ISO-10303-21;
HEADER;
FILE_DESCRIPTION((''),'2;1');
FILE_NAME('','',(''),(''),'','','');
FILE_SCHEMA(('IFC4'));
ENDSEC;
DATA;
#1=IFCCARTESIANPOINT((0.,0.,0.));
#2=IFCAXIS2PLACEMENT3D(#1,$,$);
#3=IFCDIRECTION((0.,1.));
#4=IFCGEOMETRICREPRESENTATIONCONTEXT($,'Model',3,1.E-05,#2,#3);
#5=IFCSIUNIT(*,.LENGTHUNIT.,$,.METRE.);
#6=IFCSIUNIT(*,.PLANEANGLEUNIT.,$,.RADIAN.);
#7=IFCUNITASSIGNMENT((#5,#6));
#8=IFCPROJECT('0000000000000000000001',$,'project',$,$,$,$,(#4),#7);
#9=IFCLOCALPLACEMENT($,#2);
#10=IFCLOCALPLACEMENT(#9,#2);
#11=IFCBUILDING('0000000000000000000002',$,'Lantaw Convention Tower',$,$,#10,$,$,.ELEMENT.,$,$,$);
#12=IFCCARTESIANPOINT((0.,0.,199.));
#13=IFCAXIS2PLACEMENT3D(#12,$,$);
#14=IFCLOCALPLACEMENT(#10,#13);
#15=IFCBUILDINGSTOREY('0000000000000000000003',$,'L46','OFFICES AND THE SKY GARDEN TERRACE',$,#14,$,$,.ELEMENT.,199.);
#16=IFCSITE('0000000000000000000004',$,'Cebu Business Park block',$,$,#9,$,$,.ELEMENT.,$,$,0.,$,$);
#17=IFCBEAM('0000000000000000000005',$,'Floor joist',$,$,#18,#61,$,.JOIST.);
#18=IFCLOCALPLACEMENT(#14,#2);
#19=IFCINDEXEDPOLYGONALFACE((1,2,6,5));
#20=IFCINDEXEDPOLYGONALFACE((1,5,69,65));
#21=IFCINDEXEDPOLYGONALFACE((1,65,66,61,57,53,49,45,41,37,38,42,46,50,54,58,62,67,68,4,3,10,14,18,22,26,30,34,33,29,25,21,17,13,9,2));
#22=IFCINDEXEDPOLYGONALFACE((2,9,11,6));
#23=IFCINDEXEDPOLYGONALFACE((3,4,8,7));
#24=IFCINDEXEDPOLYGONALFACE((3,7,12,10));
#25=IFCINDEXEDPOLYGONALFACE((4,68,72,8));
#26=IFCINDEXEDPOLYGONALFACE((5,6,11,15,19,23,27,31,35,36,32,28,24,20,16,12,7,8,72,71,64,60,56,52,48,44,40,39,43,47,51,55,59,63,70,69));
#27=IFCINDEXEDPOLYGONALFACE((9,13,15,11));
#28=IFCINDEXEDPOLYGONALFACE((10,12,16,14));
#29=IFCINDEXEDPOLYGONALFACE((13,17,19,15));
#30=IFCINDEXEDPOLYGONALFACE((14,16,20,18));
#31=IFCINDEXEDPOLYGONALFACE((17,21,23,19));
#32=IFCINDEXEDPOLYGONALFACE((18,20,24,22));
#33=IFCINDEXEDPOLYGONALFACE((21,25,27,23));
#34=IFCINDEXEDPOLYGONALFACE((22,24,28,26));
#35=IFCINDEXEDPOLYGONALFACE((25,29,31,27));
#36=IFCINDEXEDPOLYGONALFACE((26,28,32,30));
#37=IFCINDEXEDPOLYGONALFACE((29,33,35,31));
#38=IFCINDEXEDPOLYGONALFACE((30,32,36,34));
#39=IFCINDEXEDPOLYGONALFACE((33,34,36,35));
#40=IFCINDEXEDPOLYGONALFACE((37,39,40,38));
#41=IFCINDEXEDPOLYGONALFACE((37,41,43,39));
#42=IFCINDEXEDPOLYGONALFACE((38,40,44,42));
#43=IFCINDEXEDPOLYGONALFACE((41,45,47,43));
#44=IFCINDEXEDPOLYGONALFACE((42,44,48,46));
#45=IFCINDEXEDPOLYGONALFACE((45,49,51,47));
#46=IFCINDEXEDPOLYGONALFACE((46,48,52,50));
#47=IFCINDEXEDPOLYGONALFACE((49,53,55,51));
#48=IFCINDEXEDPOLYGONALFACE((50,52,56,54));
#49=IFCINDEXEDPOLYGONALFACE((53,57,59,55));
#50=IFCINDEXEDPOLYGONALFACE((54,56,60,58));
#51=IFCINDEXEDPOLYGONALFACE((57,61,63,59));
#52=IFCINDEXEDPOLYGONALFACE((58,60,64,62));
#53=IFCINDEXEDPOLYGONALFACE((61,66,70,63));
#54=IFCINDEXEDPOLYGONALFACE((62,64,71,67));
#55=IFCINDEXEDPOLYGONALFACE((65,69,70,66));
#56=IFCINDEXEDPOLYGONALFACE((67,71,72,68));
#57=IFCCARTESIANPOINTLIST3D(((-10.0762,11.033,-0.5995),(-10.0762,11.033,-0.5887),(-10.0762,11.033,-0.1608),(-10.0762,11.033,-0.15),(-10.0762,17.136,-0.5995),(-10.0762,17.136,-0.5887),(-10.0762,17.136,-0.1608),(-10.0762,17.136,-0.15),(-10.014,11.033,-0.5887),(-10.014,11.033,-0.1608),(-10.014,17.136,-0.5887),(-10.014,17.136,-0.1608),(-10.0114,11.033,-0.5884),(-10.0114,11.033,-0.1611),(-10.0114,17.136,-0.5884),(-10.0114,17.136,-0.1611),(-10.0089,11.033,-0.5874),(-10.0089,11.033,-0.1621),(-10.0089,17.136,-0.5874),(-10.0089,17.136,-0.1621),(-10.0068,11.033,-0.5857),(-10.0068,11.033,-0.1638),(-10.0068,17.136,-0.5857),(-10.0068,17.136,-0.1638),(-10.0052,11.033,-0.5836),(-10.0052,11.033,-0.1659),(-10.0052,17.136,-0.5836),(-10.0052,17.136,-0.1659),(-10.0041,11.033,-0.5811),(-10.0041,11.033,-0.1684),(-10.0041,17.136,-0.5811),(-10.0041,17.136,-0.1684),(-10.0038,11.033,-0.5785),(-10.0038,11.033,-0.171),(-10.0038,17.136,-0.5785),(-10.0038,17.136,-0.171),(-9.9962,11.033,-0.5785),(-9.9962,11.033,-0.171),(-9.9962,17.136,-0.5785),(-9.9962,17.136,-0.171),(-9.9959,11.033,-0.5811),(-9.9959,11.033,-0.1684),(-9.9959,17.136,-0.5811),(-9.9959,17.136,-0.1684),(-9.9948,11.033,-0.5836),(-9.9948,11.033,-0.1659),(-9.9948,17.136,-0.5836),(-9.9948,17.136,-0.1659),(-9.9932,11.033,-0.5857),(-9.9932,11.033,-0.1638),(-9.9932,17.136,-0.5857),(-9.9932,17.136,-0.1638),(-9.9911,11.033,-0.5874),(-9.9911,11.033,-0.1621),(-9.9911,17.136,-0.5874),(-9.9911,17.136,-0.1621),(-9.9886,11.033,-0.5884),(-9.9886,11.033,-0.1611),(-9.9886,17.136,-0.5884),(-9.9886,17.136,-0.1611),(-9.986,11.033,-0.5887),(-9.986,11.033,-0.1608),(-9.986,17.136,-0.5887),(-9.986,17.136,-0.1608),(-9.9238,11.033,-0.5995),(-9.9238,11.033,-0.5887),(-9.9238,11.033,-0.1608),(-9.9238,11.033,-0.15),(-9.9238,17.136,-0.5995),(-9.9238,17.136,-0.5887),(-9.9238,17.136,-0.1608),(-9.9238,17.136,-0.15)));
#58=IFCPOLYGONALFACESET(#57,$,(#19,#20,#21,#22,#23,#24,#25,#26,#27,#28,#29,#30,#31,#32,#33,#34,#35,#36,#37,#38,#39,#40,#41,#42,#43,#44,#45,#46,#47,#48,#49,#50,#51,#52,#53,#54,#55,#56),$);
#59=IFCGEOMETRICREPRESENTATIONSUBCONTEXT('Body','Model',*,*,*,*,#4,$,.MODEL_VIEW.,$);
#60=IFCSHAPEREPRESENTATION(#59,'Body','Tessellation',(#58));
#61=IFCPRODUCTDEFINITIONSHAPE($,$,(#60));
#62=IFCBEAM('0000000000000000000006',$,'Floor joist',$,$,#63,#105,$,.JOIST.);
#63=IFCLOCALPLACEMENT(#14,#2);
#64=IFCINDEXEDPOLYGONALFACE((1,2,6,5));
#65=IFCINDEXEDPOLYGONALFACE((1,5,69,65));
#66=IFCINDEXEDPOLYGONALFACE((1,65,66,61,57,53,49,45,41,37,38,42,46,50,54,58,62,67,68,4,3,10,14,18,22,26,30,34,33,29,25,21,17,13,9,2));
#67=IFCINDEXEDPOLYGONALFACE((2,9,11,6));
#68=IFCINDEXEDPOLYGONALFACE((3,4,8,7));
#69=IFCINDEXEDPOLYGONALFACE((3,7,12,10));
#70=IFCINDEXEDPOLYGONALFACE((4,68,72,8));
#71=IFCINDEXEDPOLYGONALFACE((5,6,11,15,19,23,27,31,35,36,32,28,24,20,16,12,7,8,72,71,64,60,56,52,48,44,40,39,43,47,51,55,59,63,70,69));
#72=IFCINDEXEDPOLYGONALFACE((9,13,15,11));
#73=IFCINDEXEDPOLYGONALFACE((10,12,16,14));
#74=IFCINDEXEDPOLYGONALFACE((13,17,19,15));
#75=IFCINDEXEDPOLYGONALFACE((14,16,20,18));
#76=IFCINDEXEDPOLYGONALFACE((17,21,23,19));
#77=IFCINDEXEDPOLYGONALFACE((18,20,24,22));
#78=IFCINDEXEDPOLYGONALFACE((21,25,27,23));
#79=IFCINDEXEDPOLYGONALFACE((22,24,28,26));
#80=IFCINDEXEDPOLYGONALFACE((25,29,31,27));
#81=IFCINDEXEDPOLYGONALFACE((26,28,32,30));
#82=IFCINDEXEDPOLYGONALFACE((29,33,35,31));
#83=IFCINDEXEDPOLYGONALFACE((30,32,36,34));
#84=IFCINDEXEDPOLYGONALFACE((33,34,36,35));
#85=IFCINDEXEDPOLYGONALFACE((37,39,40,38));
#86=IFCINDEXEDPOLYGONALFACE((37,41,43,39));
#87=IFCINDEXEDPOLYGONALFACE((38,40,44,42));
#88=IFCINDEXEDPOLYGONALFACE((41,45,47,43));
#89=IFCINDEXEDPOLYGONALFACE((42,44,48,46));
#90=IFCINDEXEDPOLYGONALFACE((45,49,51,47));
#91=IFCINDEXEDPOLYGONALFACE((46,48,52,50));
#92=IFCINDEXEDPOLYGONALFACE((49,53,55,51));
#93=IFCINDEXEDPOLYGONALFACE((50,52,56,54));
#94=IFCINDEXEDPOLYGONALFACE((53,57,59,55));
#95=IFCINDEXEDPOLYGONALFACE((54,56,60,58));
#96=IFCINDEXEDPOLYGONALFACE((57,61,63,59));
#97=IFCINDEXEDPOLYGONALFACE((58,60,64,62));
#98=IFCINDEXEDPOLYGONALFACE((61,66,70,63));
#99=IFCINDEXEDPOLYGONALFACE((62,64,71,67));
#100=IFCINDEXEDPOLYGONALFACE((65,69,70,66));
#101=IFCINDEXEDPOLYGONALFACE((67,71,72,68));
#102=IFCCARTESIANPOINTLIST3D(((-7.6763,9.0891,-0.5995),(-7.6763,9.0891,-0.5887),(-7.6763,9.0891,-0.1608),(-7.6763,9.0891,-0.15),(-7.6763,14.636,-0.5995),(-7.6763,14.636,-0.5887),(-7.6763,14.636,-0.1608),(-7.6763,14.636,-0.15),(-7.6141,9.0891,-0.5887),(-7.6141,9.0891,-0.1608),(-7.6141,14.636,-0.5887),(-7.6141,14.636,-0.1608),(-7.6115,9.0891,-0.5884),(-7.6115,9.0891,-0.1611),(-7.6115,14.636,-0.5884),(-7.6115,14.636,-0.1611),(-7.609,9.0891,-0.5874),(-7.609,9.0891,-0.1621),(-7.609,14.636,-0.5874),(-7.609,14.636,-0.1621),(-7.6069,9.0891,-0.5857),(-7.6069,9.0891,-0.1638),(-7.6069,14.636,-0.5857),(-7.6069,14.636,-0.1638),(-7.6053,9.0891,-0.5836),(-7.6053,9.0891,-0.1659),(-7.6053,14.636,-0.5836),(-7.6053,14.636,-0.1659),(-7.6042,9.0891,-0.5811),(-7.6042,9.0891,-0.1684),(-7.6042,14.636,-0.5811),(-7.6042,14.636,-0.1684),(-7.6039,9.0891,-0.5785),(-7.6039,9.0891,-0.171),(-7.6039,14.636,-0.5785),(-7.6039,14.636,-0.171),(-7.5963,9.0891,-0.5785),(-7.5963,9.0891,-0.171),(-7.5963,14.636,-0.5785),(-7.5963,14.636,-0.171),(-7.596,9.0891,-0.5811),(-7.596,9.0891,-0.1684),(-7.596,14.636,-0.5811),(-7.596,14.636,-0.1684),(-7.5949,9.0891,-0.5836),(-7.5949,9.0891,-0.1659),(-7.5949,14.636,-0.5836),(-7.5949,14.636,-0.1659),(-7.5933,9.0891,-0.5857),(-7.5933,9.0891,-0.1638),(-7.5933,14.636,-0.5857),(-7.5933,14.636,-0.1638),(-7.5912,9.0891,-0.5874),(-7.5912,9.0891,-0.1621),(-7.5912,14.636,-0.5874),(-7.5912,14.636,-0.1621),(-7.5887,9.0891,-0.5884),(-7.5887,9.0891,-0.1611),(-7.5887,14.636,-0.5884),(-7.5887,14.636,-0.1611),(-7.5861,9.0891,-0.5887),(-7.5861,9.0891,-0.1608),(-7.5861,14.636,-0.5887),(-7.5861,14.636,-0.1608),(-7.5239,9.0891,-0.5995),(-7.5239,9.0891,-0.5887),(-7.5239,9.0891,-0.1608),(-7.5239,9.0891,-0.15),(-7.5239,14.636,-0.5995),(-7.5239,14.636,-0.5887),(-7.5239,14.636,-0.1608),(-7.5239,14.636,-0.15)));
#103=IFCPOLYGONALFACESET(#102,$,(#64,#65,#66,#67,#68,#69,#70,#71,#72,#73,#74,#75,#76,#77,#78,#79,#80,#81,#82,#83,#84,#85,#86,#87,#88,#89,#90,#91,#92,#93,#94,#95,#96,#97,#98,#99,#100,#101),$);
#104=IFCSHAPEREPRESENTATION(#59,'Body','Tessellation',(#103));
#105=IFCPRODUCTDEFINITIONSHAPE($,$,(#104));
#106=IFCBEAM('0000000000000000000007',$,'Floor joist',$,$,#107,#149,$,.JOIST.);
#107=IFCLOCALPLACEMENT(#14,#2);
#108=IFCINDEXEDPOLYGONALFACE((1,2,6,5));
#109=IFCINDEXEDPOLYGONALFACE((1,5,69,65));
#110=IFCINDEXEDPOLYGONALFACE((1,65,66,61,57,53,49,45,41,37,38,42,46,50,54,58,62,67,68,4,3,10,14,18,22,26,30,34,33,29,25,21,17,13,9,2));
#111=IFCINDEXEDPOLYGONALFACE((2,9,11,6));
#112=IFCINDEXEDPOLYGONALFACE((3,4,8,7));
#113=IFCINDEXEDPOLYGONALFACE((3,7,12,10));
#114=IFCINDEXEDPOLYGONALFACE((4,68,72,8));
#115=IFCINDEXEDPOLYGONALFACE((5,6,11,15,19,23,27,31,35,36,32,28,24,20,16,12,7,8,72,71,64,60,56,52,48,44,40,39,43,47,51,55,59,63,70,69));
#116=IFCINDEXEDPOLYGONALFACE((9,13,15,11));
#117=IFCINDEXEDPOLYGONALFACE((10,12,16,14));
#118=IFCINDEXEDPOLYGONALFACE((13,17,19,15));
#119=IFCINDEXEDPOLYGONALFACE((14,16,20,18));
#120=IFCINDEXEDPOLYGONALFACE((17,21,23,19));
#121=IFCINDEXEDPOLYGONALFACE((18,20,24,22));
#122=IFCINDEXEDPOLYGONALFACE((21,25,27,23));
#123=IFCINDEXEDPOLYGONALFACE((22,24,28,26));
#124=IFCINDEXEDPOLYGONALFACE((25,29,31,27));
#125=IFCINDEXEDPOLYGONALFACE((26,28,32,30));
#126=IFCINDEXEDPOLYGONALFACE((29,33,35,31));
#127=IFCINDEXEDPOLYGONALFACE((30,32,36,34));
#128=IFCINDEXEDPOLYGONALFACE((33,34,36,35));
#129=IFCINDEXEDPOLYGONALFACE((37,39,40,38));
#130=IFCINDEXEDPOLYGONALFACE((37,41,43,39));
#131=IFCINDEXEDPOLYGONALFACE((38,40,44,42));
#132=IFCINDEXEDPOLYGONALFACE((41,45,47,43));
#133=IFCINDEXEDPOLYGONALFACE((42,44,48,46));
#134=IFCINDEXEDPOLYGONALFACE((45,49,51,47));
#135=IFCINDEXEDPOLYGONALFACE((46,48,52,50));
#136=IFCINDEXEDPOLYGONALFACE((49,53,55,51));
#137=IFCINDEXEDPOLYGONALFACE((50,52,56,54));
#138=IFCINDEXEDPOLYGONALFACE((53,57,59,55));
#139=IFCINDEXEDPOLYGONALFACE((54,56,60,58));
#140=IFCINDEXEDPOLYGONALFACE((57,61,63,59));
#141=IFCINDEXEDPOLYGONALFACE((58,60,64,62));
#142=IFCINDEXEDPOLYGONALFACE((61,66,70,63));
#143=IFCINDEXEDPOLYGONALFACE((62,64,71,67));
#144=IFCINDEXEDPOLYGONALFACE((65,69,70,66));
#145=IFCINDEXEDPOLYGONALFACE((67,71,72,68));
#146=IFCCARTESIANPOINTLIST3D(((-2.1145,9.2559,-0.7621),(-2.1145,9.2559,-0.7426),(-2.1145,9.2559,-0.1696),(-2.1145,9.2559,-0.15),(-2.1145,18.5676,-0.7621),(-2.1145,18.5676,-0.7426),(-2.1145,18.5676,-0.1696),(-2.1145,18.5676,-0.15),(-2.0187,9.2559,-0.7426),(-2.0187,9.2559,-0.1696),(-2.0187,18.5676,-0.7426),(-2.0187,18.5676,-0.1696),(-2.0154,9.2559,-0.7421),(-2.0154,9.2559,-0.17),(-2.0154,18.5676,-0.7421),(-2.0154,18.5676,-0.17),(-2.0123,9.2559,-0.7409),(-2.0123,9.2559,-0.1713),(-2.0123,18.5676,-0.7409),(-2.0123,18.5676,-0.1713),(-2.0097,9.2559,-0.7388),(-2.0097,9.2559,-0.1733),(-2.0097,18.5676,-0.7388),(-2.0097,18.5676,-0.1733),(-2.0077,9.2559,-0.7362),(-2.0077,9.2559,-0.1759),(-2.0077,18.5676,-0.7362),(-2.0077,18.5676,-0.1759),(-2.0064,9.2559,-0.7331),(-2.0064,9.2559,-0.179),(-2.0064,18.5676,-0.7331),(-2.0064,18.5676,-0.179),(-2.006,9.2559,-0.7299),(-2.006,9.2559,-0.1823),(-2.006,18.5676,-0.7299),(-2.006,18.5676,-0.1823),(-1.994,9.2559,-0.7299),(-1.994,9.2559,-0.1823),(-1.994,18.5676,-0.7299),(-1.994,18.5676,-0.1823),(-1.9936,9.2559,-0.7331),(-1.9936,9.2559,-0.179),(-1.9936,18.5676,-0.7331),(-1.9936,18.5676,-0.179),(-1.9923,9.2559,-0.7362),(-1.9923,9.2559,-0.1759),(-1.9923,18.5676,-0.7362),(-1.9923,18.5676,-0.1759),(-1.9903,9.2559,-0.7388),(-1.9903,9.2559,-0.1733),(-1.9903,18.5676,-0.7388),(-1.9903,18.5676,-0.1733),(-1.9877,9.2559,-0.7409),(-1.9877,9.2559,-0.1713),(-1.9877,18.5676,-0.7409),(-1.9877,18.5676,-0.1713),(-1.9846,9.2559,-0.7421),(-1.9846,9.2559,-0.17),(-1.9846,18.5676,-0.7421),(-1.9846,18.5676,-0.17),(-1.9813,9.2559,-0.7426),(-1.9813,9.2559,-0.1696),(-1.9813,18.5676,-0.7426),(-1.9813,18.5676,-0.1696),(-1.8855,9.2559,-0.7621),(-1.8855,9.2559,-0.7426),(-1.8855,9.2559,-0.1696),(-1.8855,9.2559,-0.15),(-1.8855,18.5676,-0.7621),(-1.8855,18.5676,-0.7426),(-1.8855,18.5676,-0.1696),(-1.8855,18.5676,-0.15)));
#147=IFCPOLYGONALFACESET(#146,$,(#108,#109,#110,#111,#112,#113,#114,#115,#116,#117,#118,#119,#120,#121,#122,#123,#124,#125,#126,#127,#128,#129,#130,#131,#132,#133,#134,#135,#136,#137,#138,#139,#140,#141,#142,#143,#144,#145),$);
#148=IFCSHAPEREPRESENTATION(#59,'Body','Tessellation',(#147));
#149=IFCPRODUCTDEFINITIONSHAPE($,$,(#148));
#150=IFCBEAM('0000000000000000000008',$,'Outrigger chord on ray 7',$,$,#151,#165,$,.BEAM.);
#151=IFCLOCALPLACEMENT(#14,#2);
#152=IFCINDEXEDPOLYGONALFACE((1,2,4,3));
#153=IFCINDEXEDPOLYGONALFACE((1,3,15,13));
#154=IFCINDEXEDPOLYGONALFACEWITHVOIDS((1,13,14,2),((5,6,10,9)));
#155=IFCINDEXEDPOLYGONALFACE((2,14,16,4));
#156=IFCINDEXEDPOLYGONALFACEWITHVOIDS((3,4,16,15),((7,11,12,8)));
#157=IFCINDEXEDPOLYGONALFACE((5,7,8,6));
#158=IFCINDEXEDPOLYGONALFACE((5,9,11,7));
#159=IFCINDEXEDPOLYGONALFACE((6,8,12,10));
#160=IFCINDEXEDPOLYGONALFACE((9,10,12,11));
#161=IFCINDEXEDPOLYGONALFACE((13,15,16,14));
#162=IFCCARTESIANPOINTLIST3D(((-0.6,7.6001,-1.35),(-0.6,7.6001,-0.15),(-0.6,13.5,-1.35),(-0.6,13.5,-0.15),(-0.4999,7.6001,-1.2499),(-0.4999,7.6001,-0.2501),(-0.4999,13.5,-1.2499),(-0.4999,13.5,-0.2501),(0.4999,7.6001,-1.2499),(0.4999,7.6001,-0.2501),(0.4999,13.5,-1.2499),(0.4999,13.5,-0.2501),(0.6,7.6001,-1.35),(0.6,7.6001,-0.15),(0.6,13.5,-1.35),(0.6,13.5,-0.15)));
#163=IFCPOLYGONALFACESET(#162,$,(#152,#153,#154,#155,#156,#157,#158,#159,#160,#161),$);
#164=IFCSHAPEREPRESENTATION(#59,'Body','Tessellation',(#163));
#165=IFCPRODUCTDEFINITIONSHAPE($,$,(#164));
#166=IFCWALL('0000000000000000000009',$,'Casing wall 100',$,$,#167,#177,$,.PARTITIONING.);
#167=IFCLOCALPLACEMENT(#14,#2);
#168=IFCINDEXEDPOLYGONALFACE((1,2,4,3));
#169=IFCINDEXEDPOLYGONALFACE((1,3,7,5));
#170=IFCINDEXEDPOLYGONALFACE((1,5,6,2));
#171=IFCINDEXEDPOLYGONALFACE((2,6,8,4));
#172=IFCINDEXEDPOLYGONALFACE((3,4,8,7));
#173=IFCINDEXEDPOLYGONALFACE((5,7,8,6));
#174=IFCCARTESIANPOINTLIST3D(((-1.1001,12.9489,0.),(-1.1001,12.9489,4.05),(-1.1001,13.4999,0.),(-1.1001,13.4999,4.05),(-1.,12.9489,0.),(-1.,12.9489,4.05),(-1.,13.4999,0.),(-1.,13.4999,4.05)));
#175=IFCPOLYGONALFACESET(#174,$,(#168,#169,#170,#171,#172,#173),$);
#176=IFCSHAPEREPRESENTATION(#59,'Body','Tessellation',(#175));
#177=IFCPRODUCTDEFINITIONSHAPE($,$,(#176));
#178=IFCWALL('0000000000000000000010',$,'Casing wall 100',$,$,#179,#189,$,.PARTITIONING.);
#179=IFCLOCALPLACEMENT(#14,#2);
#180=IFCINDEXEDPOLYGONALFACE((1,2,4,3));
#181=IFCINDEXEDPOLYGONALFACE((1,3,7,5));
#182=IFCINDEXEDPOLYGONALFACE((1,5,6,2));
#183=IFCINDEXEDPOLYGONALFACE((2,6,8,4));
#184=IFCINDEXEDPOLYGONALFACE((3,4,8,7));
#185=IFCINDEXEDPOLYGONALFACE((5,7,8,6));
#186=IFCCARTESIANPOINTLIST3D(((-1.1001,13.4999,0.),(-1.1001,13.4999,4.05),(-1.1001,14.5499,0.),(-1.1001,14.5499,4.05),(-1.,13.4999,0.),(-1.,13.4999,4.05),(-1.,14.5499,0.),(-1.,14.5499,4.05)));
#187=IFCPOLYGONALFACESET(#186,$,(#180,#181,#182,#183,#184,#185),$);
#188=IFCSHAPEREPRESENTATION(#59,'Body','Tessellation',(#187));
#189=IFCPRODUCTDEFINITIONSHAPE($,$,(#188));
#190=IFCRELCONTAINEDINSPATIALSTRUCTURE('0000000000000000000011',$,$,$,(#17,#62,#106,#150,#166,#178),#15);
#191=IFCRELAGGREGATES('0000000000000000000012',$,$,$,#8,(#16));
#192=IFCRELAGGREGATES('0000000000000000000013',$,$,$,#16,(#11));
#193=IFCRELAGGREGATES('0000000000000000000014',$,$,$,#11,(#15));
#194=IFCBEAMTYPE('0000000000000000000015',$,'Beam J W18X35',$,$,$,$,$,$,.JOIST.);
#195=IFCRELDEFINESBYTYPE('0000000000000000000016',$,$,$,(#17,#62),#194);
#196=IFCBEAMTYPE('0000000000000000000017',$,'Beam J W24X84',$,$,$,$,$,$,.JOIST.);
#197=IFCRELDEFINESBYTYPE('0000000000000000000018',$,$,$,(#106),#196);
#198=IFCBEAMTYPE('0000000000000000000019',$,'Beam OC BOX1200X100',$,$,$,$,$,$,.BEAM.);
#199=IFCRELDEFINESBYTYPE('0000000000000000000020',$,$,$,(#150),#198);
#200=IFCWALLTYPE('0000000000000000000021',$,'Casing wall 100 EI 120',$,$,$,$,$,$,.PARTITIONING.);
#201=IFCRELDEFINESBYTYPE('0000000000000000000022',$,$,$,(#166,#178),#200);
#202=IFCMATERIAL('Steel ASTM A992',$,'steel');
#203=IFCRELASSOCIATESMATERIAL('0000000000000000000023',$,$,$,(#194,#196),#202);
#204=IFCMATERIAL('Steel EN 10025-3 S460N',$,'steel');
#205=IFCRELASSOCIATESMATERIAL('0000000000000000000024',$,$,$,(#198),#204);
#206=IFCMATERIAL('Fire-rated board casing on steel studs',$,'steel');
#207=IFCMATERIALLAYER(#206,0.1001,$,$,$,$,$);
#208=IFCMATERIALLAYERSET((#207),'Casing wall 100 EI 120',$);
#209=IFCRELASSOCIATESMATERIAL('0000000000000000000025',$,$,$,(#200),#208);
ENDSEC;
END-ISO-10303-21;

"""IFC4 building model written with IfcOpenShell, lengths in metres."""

from ifc_helpers import new_model, si_unit, direction, frame, frame_2d, origin, origin_2d, place, context, subcontext, project, spatial, rectangle, hollow_rectangle, i_section, extrude, material, layer, layer_set, material_profile, profile_set, type_object, element, save


model = new_model("IFC4")

# Units and contexts
model_context = context("Model", 3, precision=1e-05, world=origin(), true_north=direction((0.0, 1.0)))
body_context = subcontext(model_context, "Body", "Model", "MODEL_VIEW")
ifc_project = project(units=[si_unit("LENGTHUNIT", "METRE"), si_unit("PLANEANGLEUNIT", "RADIAN")], contexts=[model_context])

# Site, building, storey
site_placement = place(None, origin())
site = spatial("IfcSite", under=ifc_project, at=site_placement, Name="Cebu Business Park block", CompositionType="ELEMENT", RefElevation=0.0)
building_placement = place(site_placement, origin())
building = spatial("IfcBuilding", under=site, at=building_placement, Name="Lantaw Convention Tower", CompositionType="ELEMENT")
storey_placement = place(building_placement, frame((0.0, 0.0, 199.0)))
storey = spatial("IfcBuildingStorey", under=building, at=storey_placement, Name="L46", Description="OFFICES AND THE SKY GARDEN TERRACE", CompositionType="ELEMENT", Elevation=199.0)

# Shared definitions
ifc_material_1 = material(Name="Steel EN 10025-3 S460N", Category="steel")

# Beams
ifc_material_2 = material(Name="Steel ASTM A992", Category="steel")
ifc_material_profile_1 = material_profile(ifc_material_2, i_section(OverallWidth=0.1523, OverallDepth=0.4495, WebThickness=0.0076, FlangeThickness=0.0107, FilletRadius=0.0103, at=origin_2d()), Name="W18X35")
ifc_profile_set_1 = profile_set([ifc_material_profile_1], Name="Steel ASTM A992")
beam_type_1 = type_object("IfcBeamType", Name="Beam J W18X35", PredefinedType="JOIST", material=ifc_profile_set_1)
beam_1_placement = place(storey_placement, frame((-10.0, 11.033, -0.3748), z_axis=(0.0, 1.0, 0.0), x_axis=(-1.0, 0.0, 0.0)))
element("IfcBeam", 1, at=beam_1_placement, inside=storey, type_object=beam_type_1, Name="Floor joist", PredefinedType="JOIST", context=body_context, shape_type="SweptSolid", body=[
    extrude(i_section(OverallWidth=0.1523, OverallDepth=0.4495, WebThickness=0.0076, FlangeThickness=0.0107, FilletRadius=0.0103, at=origin_2d()), origin(), (0.0, 0.0, 1.0), 6.103),
])
beam_2_placement = place(storey_placement, frame((-7.6001, 9.0891, -0.3748), z_axis=(0.0, 1.0, 0.0), x_axis=(-1.0, 0.0, 0.0)))
element("IfcBeam", 2, at=beam_2_placement, inside=storey, type_object=beam_type_1, Name="Floor joist", PredefinedType="JOIST", context=body_context, shape_type="SweptSolid", body=[
    extrude(i_section(OverallWidth=0.1523, OverallDepth=0.4495, WebThickness=0.0076, FlangeThickness=0.0107, FilletRadius=0.0103, at=origin_2d()), origin(), (0.0, 0.0, 1.0), 5.5469),
])
ifc_material_profile_2 = material_profile(ifc_material_2, i_section(OverallWidth=0.229, OverallDepth=0.6121, WebThickness=0.012, FlangeThickness=0.0195, FilletRadius=0.0127, at=origin_2d()), Name="W24X84")
ifc_profile_set_2 = profile_set([ifc_material_profile_2], Name="Steel ASTM A992")
beam_type_2 = type_object("IfcBeamType", Name="Beam J W24X84", PredefinedType="JOIST", material=ifc_profile_set_2)
beam_3_placement = place(storey_placement, frame((-2.0, 9.2559, -0.4561), z_axis=(0.0, 1.0, 0.0), x_axis=(-1.0, 0.0, 0.0)))
element("IfcBeam", 3, at=beam_3_placement, inside=storey, type_object=beam_type_2, Name="Floor joist", PredefinedType="JOIST", context=body_context, shape_type="SweptSolid", body=[
    extrude(i_section(OverallWidth=0.229, OverallDepth=0.6121, WebThickness=0.012, FlangeThickness=0.0195, FilletRadius=0.0127, at=origin_2d()), origin(), (0.0, 0.0, 1.0), 9.3118),
])
ifc_material_profile_3 = material_profile(ifc_material_1, hollow_rectangle(XDim=1.2, YDim=1.2, WallThickness=0.1001, at=origin_2d()), Name="BOX1200X100")
ifc_profile_set_3 = profile_set([ifc_material_profile_3], Name="Steel EN 10025-3 S460N")
beam_type_3 = type_object("IfcBeamType", Name="Beam OC BOX1200X100", PredefinedType="BEAM", material=ifc_profile_set_3)
beam_4_placement = place(storey_placement, frame((0.0, 7.6001, -0.75), z_axis=(0.0, 1.0, 0.0), x_axis=(-1.0, 0.0, 0.0)))
element("IfcBeam", 4, at=beam_4_placement, inside=storey, type_object=beam_type_3, Name="Outrigger chord on ray 7", PredefinedType="BEAM", context=body_context, shape_type="SweptSolid", body=[
    extrude(hollow_rectangle(XDim=1.2, YDim=1.2, WallThickness=0.1001, at=origin_2d()), origin(), (0.0, 0.0, 1.0), 5.8999),
])

# Walls
ifc_material_3 = material(Name="Fire-rated board casing on steel studs", Category="steel")
ifc_layer_1 = layer(ifc_material_3, 0.1001)
ifc_layer_set_1 = layer_set([ifc_layer_1], Name="Casing wall 100 EI 120")
wall_type_1 = type_object("IfcWallType", Name="Casing wall 100 EI 120", PredefinedType="PARTITIONING", material=ifc_layer_set_1)
wall_1_placement = place(storey_placement, frame((-1.05, 12.949, 0.0), z_axis=(0.0, 0.0, 1.0), x_axis=(0.0, 1.0, 0.0)))
element("IfcWall", 5, at=wall_1_placement, inside=storey, type_object=wall_type_1, Name="Casing wall 100", PredefinedType="PARTITIONING", context=body_context, shape_type="SweptSolid", body=[
    extrude(rectangle(XDim=0.551, YDim=0.1001, at=frame_2d((0.2754, 0.0))), origin(), (0.0, 0.0, 1.0), 4.05),
])
wall_2_placement = place(storey_placement, frame((-1.05, 13.5, 0.0), z_axis=(0.0, 0.0, 1.0), x_axis=(0.0, 1.0, 0.0)))
element("IfcWall", 6, at=wall_2_placement, inside=storey, type_object=wall_type_1, Name="Casing wall 100", PredefinedType="PARTITIONING", context=body_context, shape_type="SweptSolid", body=[
    extrude(rectangle(XDim=1.05, YDim=0.1001, at=frame_2d((0.5249, 0.0))), origin(), (0.0, 0.0, 1.0), 4.05),
])

save(model, "model.ifc")
